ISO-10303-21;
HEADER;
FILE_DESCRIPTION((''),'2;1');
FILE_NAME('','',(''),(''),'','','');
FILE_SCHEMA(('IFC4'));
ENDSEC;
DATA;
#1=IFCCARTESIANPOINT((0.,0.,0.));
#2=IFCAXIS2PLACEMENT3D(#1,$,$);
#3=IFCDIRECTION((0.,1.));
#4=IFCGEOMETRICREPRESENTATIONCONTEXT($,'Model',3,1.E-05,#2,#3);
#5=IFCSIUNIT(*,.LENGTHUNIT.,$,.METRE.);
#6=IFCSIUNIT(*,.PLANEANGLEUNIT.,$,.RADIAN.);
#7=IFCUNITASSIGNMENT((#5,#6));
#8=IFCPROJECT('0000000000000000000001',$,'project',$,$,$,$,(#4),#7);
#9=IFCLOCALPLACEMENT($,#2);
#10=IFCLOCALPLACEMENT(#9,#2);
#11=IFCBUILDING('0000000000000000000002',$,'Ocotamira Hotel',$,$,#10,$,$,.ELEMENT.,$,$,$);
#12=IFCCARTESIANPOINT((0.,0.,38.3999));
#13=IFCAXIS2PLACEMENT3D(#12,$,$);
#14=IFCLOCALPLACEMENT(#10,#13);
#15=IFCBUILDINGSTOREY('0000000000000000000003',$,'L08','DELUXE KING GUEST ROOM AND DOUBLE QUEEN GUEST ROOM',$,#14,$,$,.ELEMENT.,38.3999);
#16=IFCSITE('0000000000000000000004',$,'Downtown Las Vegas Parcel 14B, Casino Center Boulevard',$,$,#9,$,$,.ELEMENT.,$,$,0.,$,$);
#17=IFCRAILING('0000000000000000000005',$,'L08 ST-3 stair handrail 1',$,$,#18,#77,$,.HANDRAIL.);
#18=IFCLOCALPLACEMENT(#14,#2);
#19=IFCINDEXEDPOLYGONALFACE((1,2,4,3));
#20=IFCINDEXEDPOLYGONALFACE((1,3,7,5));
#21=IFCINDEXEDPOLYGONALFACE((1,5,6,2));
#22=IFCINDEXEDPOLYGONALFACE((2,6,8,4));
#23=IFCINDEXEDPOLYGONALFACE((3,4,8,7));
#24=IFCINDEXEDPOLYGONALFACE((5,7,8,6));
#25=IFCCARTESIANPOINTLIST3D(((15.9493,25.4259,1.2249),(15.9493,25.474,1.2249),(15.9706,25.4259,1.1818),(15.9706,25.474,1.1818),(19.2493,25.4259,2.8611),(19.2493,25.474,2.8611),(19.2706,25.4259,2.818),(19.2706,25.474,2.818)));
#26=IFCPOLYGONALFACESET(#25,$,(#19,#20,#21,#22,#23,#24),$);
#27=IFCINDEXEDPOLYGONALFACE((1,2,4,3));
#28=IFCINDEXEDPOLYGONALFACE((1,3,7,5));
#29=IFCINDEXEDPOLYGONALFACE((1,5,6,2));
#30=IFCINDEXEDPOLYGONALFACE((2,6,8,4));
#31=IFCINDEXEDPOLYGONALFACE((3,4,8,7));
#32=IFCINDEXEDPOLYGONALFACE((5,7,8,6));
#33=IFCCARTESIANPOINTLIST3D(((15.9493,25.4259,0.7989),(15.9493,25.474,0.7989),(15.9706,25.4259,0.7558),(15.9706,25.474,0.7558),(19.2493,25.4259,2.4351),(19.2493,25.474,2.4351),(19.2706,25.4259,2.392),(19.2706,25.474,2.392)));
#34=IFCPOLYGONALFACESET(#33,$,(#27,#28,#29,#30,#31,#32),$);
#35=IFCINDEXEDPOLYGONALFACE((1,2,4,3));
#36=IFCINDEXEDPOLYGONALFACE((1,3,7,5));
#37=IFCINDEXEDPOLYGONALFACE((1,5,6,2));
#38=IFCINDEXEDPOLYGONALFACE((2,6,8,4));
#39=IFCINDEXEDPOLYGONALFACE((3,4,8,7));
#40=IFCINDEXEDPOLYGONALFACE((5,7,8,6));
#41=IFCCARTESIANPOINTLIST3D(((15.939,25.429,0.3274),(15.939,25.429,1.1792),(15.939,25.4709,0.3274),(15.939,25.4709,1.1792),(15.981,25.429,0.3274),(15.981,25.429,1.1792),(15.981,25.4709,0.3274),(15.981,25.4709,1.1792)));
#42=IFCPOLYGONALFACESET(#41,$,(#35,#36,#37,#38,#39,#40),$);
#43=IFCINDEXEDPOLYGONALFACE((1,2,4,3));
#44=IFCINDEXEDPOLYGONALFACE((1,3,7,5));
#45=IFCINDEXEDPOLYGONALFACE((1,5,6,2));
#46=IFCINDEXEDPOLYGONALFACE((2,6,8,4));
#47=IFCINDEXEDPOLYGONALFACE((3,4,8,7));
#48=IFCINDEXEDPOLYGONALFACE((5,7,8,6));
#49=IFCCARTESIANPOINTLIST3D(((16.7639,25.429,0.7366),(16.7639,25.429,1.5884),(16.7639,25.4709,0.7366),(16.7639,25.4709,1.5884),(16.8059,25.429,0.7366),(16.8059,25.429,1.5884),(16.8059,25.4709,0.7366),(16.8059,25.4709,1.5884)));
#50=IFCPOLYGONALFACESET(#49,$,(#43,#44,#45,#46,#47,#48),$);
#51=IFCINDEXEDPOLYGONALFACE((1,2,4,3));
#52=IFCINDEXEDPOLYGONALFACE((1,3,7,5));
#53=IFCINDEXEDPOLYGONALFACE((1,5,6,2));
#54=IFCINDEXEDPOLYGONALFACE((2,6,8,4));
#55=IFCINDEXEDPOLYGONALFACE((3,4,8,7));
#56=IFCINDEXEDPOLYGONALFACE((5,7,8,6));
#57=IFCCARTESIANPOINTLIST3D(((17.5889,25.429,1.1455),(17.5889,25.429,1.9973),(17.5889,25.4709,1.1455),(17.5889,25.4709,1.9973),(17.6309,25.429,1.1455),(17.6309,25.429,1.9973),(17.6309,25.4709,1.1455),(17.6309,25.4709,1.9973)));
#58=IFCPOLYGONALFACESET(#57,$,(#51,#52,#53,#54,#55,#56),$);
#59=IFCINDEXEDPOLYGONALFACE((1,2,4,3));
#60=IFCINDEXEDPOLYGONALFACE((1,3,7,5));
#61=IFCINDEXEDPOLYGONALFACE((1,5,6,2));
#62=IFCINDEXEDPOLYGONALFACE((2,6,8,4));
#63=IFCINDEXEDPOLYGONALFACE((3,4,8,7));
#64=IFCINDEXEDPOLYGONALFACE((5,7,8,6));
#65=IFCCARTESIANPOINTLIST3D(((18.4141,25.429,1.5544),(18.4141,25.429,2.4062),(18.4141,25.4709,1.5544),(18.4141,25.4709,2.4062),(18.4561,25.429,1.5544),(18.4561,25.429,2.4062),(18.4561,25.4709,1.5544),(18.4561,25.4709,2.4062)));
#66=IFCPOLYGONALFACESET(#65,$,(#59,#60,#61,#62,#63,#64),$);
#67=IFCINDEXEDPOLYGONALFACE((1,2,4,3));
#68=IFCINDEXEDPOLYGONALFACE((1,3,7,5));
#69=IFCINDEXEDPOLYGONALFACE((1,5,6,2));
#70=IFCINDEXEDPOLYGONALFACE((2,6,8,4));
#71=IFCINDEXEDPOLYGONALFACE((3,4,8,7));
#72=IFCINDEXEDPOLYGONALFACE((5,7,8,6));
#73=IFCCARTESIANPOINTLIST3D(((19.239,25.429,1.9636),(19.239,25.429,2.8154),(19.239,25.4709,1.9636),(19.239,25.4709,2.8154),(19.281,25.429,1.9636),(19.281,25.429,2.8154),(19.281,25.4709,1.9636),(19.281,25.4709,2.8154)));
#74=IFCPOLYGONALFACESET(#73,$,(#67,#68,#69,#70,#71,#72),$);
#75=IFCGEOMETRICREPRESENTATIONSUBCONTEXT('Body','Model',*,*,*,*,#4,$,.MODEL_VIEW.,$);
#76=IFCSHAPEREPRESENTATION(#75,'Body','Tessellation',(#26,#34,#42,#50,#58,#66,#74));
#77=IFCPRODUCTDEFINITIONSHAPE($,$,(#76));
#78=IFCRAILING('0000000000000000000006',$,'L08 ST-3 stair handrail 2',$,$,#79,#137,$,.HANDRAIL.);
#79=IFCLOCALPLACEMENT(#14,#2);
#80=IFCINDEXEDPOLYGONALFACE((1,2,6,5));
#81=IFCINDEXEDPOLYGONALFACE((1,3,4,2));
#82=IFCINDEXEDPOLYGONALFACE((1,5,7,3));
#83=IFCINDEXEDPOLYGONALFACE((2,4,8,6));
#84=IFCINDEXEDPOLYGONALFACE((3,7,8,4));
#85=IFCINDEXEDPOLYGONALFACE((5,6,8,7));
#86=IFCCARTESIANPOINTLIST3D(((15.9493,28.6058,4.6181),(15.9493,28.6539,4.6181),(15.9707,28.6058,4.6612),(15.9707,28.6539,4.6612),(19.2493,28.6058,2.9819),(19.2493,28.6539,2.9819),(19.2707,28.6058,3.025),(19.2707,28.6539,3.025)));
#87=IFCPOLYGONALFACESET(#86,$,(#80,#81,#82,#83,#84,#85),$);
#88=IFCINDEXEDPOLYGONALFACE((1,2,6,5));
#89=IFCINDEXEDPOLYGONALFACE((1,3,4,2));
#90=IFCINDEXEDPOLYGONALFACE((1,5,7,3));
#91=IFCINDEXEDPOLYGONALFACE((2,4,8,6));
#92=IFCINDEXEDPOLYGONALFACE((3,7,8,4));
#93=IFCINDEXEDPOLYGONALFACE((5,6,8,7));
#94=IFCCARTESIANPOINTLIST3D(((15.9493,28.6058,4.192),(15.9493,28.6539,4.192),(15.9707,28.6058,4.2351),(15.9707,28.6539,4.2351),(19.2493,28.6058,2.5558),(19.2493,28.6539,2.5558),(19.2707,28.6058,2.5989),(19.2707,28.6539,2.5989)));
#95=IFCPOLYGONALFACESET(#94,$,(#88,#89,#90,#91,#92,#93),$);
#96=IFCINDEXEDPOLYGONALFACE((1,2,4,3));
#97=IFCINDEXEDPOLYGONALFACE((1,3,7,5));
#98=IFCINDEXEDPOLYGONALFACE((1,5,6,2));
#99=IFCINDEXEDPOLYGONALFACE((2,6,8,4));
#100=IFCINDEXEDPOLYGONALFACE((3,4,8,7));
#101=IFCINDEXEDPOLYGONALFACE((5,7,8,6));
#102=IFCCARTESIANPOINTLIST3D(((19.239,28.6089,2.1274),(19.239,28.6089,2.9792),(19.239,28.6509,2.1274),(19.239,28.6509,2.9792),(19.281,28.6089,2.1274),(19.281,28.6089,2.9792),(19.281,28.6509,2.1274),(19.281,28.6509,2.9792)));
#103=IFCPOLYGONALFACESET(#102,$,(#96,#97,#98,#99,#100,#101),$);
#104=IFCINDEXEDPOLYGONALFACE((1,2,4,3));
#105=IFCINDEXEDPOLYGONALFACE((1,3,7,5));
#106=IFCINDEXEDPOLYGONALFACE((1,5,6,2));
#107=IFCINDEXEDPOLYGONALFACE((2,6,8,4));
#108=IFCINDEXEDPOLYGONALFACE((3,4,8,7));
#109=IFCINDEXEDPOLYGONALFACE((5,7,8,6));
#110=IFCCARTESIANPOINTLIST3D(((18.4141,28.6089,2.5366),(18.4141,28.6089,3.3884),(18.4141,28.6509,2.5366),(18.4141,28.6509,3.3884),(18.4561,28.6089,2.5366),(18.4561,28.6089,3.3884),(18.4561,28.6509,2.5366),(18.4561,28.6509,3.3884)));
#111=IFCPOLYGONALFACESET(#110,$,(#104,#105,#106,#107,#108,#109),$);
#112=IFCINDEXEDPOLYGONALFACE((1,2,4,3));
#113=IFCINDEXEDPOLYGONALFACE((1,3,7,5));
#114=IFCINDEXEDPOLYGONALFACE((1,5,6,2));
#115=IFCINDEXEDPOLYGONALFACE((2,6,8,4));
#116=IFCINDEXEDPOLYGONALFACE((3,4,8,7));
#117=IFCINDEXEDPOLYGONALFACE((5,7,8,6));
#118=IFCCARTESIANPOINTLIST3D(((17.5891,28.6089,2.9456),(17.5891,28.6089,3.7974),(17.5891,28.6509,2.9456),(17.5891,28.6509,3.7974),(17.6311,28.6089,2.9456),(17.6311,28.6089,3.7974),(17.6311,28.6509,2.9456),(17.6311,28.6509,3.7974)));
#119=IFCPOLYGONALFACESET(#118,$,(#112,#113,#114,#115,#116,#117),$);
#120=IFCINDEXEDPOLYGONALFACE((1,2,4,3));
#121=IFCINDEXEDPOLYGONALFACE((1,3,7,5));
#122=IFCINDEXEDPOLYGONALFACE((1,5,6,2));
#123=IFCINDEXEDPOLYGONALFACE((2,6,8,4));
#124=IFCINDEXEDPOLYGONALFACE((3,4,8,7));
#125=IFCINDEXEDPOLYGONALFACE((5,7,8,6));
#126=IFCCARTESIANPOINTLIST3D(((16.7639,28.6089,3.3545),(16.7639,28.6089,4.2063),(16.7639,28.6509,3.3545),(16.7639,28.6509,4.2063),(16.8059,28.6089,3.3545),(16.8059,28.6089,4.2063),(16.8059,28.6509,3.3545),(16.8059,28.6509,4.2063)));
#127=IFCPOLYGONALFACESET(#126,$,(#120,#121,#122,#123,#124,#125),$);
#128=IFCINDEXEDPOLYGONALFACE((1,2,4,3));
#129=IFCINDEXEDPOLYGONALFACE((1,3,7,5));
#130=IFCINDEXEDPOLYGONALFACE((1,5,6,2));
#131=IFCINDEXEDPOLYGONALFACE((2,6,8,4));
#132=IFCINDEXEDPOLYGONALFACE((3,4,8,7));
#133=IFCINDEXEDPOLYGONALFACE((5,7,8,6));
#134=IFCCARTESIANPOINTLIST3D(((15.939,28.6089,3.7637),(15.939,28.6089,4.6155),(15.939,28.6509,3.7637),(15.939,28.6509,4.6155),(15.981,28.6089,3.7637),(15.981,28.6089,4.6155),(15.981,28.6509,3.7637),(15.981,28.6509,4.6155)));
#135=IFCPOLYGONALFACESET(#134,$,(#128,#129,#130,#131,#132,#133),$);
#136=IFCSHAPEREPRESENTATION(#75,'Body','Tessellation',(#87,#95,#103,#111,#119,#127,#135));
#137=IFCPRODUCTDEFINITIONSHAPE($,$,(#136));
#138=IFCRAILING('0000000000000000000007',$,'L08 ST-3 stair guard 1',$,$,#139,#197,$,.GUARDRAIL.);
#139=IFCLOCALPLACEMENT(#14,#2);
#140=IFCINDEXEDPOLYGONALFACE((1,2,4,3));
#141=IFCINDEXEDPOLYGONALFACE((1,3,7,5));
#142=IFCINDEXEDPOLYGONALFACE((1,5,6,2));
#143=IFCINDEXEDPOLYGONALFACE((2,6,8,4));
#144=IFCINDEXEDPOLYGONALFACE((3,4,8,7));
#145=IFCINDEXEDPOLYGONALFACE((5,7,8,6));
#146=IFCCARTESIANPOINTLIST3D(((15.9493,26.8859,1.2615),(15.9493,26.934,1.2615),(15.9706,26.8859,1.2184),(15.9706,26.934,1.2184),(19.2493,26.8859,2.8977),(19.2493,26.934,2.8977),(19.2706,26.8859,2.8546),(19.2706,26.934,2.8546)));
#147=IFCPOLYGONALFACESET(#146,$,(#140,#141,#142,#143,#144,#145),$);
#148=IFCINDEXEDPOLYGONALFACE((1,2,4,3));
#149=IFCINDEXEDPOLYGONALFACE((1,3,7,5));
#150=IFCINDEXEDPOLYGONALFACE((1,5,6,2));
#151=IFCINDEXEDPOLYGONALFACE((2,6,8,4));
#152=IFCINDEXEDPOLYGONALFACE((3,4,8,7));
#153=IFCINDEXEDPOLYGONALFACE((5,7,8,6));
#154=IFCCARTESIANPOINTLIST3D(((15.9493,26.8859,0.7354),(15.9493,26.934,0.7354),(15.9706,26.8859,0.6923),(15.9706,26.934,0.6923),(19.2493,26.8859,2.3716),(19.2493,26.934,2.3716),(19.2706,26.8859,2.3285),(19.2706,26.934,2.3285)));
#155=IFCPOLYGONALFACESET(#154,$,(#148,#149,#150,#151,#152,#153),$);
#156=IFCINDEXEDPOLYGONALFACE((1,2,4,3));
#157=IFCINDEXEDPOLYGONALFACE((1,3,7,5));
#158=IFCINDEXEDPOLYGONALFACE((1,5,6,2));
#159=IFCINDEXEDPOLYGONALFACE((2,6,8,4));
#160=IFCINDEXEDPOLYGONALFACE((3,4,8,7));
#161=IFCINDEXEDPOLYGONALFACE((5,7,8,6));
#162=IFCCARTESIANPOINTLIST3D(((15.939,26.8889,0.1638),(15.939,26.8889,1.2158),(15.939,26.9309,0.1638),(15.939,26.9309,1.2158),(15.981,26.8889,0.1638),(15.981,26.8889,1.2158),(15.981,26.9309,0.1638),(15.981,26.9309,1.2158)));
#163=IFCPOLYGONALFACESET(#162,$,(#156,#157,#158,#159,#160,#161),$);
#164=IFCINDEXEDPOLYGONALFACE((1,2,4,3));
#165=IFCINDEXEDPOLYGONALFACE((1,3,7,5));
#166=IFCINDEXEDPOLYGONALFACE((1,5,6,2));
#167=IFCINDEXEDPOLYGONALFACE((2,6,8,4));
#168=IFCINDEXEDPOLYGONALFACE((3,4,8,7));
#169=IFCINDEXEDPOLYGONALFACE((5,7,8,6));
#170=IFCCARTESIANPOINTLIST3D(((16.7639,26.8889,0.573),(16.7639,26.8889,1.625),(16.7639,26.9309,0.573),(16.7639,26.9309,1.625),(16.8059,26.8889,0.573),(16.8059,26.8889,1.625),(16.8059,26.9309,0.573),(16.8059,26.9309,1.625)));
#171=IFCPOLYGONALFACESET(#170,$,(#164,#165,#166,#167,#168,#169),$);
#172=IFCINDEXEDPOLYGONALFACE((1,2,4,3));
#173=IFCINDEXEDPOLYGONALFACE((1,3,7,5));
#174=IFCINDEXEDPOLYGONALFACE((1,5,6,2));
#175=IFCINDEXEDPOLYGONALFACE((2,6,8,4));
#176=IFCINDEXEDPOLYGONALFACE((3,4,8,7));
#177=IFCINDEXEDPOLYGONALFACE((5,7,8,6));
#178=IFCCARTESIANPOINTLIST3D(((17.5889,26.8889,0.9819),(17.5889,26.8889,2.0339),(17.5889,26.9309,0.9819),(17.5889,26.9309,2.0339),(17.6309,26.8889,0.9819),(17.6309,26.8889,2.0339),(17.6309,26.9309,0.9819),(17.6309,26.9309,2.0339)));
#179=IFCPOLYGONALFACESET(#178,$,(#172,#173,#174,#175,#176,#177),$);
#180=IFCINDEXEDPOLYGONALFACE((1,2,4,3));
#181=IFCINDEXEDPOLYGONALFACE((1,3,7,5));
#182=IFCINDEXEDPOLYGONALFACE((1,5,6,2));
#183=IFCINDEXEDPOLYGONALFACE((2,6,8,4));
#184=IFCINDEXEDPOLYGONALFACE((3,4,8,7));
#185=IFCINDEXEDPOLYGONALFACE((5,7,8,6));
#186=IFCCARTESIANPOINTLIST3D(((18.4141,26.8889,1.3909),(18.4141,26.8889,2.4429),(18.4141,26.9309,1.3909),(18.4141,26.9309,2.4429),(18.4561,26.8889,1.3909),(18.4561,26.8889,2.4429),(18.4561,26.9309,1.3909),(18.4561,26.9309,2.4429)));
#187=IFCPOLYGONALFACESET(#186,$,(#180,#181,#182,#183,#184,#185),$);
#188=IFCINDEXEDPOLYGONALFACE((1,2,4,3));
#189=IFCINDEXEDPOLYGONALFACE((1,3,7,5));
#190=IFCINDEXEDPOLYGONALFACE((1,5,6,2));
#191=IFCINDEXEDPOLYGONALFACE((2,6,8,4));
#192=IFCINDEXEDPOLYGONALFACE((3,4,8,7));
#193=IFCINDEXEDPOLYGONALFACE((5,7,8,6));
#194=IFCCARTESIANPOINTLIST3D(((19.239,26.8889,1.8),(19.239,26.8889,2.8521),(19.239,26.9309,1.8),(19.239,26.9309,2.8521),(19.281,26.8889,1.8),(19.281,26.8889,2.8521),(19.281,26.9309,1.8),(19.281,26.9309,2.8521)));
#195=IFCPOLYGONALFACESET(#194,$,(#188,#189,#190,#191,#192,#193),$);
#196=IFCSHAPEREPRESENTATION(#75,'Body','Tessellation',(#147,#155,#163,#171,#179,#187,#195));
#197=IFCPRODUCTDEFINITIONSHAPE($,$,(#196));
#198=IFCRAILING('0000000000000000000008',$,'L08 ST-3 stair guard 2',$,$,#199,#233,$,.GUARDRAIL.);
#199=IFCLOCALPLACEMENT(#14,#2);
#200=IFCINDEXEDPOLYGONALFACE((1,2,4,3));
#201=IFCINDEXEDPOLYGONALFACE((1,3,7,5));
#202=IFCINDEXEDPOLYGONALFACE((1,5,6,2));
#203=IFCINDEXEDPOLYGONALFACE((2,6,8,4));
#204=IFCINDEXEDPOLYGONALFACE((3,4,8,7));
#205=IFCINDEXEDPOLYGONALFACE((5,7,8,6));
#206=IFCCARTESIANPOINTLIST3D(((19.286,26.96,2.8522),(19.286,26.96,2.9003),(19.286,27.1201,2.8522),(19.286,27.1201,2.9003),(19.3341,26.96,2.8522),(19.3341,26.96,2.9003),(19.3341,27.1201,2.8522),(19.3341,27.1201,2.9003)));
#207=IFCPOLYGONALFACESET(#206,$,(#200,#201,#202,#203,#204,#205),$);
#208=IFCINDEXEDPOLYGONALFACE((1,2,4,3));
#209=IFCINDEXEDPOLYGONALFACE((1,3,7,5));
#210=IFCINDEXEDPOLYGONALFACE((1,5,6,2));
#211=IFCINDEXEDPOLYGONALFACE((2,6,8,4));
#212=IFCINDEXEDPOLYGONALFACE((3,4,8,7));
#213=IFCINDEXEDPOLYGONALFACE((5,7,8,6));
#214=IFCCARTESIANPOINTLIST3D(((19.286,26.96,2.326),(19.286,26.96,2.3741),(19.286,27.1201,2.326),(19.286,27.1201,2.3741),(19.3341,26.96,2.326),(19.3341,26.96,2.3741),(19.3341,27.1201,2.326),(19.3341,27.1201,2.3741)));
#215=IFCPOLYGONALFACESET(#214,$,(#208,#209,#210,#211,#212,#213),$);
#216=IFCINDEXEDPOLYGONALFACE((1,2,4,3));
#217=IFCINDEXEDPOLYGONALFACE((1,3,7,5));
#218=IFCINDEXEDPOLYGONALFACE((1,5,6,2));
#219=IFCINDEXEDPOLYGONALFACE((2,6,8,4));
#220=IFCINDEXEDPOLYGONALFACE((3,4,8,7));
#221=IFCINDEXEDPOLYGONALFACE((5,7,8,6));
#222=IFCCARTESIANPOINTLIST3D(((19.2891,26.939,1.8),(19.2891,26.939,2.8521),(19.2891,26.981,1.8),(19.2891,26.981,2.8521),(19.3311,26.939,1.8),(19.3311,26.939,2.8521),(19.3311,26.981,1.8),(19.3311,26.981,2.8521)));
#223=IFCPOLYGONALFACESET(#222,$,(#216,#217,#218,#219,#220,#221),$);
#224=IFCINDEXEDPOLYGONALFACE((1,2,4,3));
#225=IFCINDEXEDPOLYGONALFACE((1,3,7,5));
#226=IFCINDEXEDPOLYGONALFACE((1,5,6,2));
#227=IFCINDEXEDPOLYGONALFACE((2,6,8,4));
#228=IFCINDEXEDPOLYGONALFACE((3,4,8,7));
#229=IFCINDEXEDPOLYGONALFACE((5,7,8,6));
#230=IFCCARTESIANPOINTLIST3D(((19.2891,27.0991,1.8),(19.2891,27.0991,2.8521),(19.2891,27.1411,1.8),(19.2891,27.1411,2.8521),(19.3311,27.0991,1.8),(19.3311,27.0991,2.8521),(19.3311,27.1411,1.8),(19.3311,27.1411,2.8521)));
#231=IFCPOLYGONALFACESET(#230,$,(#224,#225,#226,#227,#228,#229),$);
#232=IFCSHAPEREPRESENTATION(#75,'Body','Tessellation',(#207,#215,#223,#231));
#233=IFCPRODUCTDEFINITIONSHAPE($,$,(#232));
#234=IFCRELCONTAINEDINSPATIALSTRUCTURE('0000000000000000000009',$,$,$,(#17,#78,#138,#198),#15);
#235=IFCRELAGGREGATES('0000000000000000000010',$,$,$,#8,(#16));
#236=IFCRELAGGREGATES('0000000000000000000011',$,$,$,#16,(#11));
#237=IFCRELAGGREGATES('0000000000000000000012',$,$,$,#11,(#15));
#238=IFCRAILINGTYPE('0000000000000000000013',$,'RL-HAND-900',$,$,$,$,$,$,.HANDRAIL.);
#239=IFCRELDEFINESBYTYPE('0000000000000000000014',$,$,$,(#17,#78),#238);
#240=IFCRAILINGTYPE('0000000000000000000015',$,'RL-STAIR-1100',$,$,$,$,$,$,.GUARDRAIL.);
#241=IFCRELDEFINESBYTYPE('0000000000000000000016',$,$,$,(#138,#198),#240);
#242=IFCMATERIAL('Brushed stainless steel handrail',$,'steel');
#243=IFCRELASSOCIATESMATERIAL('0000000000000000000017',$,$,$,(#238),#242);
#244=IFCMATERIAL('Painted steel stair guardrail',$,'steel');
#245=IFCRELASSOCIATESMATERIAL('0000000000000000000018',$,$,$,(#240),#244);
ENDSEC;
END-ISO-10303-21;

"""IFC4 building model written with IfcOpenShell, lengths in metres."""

from ifc_helpers import new_model, si_unit, direction, frame, origin, origin_2d, place, context, subcontext, project, spatial, rectangle, extrude, material, type_object, element, save


model = new_model("IFC4")

# Units and contexts
model_context = context("Model", 3, precision=1e-05, world=origin(), true_north=direction((0.0, 1.0)))
body_context = subcontext(model_context, "Body", "Model", "MODEL_VIEW")
ifc_project = project(units=[si_unit("LENGTHUNIT", "METRE"), si_unit("PLANEANGLEUNIT", "RADIAN")], contexts=[model_context])

# Site, building, storey
site_placement = place(None, origin())
site = spatial("IfcSite", under=ifc_project, at=site_placement, Name="Downtown Las Vegas Parcel 14B, Casino Center Boulevard", CompositionType="ELEMENT", RefElevation=0.0)
building_placement = place(site_placement, origin())
building = spatial("IfcBuilding", under=site, at=building_placement, Name="Ocotamira Hotel", CompositionType="ELEMENT")
storey_placement = place(building_placement, frame((0.0, 0.0, 38.3999)))
storey = spatial("IfcBuildingStorey", under=building, at=storey_placement, Name="L08", Description="DELUXE KING GUEST ROOM AND DOUBLE QUEEN GUEST ROOM", CompositionType="ELEMENT", Elevation=38.3999)

# Railings
ifc_material_1 = material(Name="Brushed stainless steel handrail", Category="steel")
railing_type_1 = type_object("IfcRailingType", Name="RL-HAND-900", PredefinedType="HANDRAIL", material=ifc_material_1)
railing_1_placement = place(storey_placement, frame((15.96, 25.45, 0.3274)))
element("IfcRailing", 1, at=railing_1_placement, inside=storey, type_object=railing_type_1, Name="L08 ST-3 stair handrail 1", PredefinedType="HANDRAIL", context=body_context, shape_type="SweptSolid", body=[
    extrude(rectangle(XDim=0.0481, YDim=0.0481, at=origin_2d()), frame((0.0, 0.0, 0.876), z_axis=(0.89592, 0.0, 0.444215), x_axis=(0.0, 1.0, 0.0)), (0.0, 0.0, 1.0), 3.6833),
    extrude(rectangle(XDim=0.0481, YDim=0.0481, at=origin_2d()), frame((0.0, 0.0, 0.45), z_axis=(0.89592, 0.0, 0.444215), x_axis=(0.0, 1.0, 0.0)), (0.0, 0.0, 1.0), 3.6833),
    extrude(rectangle(XDim=0.042, YDim=0.042, at=origin_2d()), origin(), (0.0, 0.0, 1.0), 0.8518),
    extrude(rectangle(XDim=0.042, YDim=0.042, at=origin_2d()), frame((0.825, 0.0, 0.4092)), (0.0, 0.0, 1.0), 0.8518),
    extrude(rectangle(XDim=0.042, YDim=0.042, at=origin_2d()), frame((1.6499, 0.0, 0.8181)), (0.0, 0.0, 1.0), 0.8518),
    extrude(rectangle(XDim=0.042, YDim=0.042, at=origin_2d()), frame((2.4751, 0.0, 1.2271)), (0.0, 0.0, 1.0), 0.8518),
    extrude(rectangle(XDim=0.042, YDim=0.042, at=origin_2d()), frame((3.3, 0.0, 1.6362)), (0.0, 0.0, 1.0), 0.8518),
])
railing_2_placement = place(storey_placement, frame((19.26, 28.6299, 2.1274)))
element("IfcRailing", 2, at=railing_2_placement, inside=storey, type_object=railing_type_1, Name="L08 ST-3 stair handrail 2", PredefinedType="HANDRAIL", context=body_context, shape_type="SweptSolid", body=[
    extrude(rectangle(XDim=0.0481, YDim=0.0481, at=origin_2d()), frame((0.0, 0.0, 0.876), z_axis=(-0.89592, 0.0, 0.444215), x_axis=(0.0, -1.0, 0.0)), (0.0, 0.0, 1.0), 3.6833),
    extrude(rectangle(XDim=0.0481, YDim=0.0481, at=origin_2d()), frame((0.0, 0.0, 0.45), z_axis=(-0.89592, 0.0, 0.444215), x_axis=(0.0, -1.0, 0.0)), (0.0, 0.0, 1.0), 3.6833),
    extrude(rectangle(XDim=0.042, YDim=0.042, at=origin_2d()), origin(), (0.0, 0.0, 1.0), 0.8518),
    extrude(rectangle(XDim=0.042, YDim=0.042, at=origin_2d()), frame((-0.825, 0.0, 0.4092)), (0.0, 0.0, 1.0), 0.8518),
    extrude(rectangle(XDim=0.042, YDim=0.042, at=origin_2d()), frame((-1.6499, 0.0, 0.8181)), (0.0, 0.0, 1.0), 0.8518),
    extrude(rectangle(XDim=0.042, YDim=0.042, at=origin_2d()), frame((-2.4751, 0.0, 1.2271)), (0.0, 0.0, 1.0), 0.8518),
    extrude(rectangle(XDim=0.042, YDim=0.042, at=origin_2d()), frame((-3.3, 0.0, 1.6362)), (0.0, 0.0, 1.0), 0.8518),
])
ifc_material_2 = material(Name="Painted steel stair guardrail", Category="steel")
railing_type_2 = type_object("IfcRailingType", Name="RL-STAIR-1100", PredefinedType="GUARDRAIL", material=ifc_material_2)
railing_3_placement = place(storey_placement, frame((15.96, 26.9099, 0.1638)))
element("IfcRailing", 3, at=railing_3_placement, inside=storey, type_object=railing_type_2, Name="L08 ST-3 stair guard 1", PredefinedType="GUARDRAIL", context=body_context, shape_type="SweptSolid", body=[
    extrude(rectangle(XDim=0.0481, YDim=0.0481, at=origin_2d()), frame((0.0, 0.0, 1.0762), z_axis=(0.89592, 0.0, 0.444215), x_axis=(0.0, 1.0, 0.0)), (0.0, 0.0, 1.0), 3.6833),
    extrude(rectangle(XDim=0.0481, YDim=0.0481, at=origin_2d()), frame((0.0, 0.0, 0.55), z_axis=(0.89592, 0.0, 0.444215), x_axis=(0.0, 1.0, 0.0)), (0.0, 0.0, 1.0), 3.6833),
    extrude(rectangle(XDim=0.042, YDim=0.042, at=origin_2d()), origin(), (0.0, 0.0, 1.0), 1.052),
    extrude(rectangle(XDim=0.042, YDim=0.042, at=origin_2d()), frame((0.825, 0.0, 0.4092)), (0.0, 0.0, 1.0), 1.052),
    extrude(rectangle(XDim=0.042, YDim=0.042, at=origin_2d()), frame((1.6499, 0.0, 0.8181)), (0.0, 0.0, 1.0), 1.052),
    extrude(rectangle(XDim=0.042, YDim=0.042, at=origin_2d()), frame((2.4751, 0.0, 1.2271)), (0.0, 0.0, 1.0), 1.052),
    extrude(rectangle(XDim=0.042, YDim=0.042, at=origin_2d()), frame((3.3, 0.0, 1.6362)), (0.0, 0.0, 1.0), 1.052),
])
railing_4_placement = place(storey_placement, frame((19.3101, 26.96, 1.8)))
element("IfcRailing", 4, at=railing_4_placement, inside=storey, type_object=railing_type_2, Name="L08 ST-3 stair guard 2", PredefinedType="GUARDRAIL", context=body_context, shape_type="SweptSolid", body=[
    extrude(rectangle(XDim=0.0481, YDim=0.0481, at=origin_2d()), frame((0.0, 0.0, 1.0762), z_axis=(0.0, 1.0, 0.0), x_axis=(-1.0, 0.0, 0.0)), (0.0, 0.0, 1.0), 0.1602),
    extrude(rectangle(XDim=0.0481, YDim=0.0481, at=origin_2d()), frame((0.0, 0.0, 0.55), z_axis=(0.0, 1.0, 0.0), x_axis=(-1.0, 0.0, 0.0)), (0.0, 0.0, 1.0), 0.1602),
    extrude(rectangle(XDim=0.042, YDim=0.042, at=origin_2d()), origin(), (0.0, 0.0, 1.0), 1.052),
    extrude(rectangle(XDim=0.042, YDim=0.042, at=origin_2d()), frame((0.0, 0.1602, 0.0)), (0.0, 0.0, 1.0), 1.052),
])

save(model, "model.ifc")
